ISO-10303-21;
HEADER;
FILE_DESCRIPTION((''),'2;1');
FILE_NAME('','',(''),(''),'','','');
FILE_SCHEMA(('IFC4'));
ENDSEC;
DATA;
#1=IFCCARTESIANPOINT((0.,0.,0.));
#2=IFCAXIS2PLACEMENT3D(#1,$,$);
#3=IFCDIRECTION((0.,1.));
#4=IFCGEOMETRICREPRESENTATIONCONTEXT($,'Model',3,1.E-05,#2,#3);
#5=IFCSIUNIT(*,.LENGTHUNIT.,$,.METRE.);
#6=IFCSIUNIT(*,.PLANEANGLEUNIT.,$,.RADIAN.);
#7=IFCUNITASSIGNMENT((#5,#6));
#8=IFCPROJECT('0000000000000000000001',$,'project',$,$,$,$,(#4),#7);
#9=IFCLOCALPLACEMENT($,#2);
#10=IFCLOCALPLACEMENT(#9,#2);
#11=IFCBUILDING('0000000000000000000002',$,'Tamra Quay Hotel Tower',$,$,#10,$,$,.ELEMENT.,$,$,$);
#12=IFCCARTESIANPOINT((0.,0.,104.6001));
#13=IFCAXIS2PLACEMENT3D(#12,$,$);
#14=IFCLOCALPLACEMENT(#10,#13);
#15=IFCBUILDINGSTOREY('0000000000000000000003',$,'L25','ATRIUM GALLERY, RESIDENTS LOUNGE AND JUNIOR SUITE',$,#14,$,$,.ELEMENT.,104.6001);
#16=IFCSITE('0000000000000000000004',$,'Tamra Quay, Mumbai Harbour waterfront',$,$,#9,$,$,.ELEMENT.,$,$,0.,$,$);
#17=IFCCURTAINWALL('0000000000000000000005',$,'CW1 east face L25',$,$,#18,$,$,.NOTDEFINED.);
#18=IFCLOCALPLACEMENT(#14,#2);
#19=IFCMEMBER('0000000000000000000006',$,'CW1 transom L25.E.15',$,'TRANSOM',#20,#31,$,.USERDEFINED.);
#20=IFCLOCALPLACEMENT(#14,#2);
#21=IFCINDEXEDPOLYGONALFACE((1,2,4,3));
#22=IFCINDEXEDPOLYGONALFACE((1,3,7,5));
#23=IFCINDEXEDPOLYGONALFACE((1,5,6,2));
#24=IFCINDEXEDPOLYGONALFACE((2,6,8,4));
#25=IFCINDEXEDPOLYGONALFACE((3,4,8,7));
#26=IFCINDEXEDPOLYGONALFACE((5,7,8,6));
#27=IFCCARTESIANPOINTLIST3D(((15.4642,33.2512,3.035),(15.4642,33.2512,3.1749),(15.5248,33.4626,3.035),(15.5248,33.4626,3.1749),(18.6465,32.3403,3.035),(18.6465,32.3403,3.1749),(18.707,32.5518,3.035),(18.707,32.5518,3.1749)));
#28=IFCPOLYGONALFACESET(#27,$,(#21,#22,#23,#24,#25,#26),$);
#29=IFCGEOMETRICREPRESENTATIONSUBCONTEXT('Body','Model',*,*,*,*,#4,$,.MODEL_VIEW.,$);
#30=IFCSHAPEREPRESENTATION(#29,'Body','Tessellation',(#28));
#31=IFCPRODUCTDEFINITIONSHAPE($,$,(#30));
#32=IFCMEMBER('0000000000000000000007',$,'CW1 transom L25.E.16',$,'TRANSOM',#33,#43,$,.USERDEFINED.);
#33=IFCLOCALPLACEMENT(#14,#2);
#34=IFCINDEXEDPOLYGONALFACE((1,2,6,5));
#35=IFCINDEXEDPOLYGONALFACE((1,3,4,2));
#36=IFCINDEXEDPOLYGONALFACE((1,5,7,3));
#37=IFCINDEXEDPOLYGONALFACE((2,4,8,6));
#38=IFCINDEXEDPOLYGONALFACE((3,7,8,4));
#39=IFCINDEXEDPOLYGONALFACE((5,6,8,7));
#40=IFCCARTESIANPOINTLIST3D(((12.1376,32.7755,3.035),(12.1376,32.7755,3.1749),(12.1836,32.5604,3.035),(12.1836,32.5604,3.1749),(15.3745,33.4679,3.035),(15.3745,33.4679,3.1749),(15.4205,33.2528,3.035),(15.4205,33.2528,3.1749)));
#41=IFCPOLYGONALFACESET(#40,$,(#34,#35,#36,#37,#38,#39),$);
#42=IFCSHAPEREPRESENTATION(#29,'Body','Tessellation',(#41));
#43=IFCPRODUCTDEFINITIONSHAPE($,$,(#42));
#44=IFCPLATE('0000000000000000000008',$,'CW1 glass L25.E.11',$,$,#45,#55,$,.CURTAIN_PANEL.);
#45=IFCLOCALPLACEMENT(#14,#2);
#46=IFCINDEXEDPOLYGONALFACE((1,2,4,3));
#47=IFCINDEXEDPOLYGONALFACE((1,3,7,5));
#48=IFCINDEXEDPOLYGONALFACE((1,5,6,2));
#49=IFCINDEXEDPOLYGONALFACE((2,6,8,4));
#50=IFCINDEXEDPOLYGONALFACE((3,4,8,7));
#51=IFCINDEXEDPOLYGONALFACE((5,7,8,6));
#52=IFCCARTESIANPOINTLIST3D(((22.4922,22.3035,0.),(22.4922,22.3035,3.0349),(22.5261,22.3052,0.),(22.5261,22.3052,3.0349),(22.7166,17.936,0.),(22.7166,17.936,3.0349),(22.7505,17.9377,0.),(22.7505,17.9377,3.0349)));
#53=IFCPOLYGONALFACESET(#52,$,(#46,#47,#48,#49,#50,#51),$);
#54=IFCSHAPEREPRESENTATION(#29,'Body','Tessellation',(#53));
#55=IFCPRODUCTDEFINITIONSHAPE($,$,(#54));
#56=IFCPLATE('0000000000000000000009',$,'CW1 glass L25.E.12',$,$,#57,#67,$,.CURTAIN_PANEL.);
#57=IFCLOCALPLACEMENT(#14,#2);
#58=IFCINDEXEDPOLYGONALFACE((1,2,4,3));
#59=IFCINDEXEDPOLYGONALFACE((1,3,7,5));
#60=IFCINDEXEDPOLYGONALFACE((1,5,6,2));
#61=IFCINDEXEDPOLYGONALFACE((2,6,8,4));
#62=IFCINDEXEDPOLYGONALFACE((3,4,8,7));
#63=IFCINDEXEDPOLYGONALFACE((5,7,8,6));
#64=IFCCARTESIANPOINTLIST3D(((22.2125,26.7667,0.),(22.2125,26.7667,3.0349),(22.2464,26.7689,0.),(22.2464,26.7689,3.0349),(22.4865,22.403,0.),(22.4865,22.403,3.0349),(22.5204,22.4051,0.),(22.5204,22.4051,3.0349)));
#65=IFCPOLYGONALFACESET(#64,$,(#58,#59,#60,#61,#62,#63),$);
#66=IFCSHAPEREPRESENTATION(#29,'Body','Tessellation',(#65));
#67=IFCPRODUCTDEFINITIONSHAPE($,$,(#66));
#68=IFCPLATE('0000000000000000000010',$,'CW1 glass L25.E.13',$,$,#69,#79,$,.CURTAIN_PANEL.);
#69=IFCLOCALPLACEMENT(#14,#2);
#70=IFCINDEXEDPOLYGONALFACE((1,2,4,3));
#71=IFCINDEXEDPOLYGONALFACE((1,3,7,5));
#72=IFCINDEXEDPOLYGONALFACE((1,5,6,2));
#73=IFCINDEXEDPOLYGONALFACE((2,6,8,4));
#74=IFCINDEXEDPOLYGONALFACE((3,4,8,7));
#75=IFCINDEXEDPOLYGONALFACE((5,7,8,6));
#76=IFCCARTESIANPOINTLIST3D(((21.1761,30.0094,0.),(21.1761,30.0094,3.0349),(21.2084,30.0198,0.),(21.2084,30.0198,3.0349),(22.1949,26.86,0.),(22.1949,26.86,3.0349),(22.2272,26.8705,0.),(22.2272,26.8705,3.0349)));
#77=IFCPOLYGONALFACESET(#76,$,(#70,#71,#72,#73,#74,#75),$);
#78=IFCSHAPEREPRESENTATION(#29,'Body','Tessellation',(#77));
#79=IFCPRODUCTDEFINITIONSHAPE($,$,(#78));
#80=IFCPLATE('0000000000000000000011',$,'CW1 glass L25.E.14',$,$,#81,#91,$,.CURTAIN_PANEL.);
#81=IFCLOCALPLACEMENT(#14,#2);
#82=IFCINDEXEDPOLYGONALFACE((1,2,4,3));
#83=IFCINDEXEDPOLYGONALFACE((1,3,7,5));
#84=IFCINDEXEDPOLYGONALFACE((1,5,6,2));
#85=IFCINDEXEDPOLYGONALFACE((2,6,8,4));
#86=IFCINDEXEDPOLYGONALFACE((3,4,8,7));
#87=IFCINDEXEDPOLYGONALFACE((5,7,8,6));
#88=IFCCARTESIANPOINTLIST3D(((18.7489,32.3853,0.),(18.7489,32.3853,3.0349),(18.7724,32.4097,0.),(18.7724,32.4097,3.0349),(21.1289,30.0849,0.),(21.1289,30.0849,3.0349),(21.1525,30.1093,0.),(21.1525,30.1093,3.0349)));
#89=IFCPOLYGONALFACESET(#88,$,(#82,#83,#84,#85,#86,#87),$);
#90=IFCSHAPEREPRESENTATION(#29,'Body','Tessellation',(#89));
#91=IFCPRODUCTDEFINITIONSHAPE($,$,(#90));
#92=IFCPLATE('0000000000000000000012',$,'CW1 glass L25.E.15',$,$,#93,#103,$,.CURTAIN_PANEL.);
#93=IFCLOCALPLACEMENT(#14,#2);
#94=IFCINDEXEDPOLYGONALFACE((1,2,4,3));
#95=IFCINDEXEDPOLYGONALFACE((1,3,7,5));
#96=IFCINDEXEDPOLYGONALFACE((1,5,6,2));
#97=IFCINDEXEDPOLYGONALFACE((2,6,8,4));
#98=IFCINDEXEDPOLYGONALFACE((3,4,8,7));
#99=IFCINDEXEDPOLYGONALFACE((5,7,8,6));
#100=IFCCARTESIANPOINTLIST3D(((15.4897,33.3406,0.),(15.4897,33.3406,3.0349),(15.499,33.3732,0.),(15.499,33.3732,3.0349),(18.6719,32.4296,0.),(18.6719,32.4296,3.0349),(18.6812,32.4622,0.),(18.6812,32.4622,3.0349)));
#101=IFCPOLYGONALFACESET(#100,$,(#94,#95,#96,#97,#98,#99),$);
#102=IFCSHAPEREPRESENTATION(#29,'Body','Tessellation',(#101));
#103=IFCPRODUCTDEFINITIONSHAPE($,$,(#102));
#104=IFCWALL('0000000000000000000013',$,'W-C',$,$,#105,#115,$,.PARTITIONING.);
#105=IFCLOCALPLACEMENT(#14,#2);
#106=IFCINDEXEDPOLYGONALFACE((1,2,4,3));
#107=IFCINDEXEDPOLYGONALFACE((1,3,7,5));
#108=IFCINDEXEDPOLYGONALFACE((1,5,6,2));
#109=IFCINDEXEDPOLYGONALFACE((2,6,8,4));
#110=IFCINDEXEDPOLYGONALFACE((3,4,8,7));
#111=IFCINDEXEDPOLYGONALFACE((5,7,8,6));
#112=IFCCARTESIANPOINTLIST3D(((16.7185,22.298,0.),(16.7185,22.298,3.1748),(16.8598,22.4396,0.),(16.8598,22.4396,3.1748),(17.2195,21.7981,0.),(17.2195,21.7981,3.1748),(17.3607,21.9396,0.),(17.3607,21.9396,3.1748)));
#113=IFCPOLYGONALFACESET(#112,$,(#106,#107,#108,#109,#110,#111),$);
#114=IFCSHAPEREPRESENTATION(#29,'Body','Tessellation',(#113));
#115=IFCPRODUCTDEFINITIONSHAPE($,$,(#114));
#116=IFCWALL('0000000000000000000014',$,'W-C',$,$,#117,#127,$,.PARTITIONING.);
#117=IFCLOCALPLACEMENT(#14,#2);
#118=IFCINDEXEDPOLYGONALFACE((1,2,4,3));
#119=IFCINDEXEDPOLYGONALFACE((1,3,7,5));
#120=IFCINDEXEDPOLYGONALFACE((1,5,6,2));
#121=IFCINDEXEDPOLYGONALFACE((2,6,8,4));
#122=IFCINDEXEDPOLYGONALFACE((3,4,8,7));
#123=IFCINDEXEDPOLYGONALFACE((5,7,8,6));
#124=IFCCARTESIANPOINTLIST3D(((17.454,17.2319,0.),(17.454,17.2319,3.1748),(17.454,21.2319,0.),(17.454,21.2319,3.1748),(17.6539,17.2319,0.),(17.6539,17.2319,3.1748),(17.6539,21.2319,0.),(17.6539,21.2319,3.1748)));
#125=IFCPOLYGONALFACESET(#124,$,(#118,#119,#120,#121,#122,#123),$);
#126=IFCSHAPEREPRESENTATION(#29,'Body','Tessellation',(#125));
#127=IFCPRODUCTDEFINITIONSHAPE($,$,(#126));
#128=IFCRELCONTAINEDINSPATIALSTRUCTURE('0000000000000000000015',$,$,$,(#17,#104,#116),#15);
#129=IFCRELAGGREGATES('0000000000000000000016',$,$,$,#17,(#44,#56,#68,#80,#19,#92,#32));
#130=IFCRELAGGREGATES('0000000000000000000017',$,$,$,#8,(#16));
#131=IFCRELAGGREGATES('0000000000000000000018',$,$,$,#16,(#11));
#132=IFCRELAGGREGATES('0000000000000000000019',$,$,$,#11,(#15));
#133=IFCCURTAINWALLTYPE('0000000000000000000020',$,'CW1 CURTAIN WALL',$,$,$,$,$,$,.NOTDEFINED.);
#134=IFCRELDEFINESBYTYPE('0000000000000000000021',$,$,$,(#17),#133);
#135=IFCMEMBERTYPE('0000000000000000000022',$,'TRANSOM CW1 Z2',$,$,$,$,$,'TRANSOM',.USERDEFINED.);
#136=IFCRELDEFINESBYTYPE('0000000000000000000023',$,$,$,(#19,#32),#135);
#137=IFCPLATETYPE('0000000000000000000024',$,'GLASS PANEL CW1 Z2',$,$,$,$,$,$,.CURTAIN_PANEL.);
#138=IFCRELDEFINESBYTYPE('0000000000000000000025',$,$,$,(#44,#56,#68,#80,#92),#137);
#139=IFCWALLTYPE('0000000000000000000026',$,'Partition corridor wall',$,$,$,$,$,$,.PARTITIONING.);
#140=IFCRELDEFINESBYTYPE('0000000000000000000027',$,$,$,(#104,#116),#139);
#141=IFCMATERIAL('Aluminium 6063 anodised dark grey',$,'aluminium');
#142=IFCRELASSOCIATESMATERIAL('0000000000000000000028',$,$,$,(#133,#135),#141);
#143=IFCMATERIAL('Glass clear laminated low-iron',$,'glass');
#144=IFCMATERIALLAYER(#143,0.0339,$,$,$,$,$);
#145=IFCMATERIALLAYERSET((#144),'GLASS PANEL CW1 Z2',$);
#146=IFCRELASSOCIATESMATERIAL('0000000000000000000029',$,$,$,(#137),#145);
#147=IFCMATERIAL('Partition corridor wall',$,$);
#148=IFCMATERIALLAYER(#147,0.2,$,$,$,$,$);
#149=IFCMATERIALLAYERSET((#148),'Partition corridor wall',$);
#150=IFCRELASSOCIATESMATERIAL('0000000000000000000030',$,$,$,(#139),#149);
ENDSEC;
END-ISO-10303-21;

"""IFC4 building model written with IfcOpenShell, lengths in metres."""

from ifc_helpers import new_model, si_unit, direction, frame, frame_2d, origin, origin_2d, place, context, subcontext, project, spatial, rectangle, extrude, material, layer, layer_set, material_profile, profile_set, type_object, element, aggregate, save


model = new_model("IFC4")

# Units and contexts
model_context = context("Model", 3, precision=1e-05, world=origin(), true_north=direction((0.0, 1.0)))
body_context = subcontext(model_context, "Body", "Model", "MODEL_VIEW")
ifc_project = project(units=[si_unit("LENGTHUNIT", "METRE"), si_unit("PLANEANGLEUNIT", "RADIAN")], contexts=[model_context])

# Site, building, storey
site_placement = place(None, origin())
site = spatial("IfcSite", under=ifc_project, at=site_placement, Name="Tamra Quay, Mumbai Harbour waterfront", CompositionType="ELEMENT", RefElevation=0.0)
building_placement = place(site_placement, origin())
building = spatial("IfcBuilding", under=site, at=building_placement, Name="Tamra Quay Hotel Tower", CompositionType="ELEMENT")
storey_placement = place(building_placement, frame((0.0, 0.0, 104.6001)))
storey = spatial("IfcBuildingStorey", under=building, at=storey_placement, Name="L25", Description="ATRIUM GALLERY, RESIDENTS LOUNGE AND JUNIOR SUITE", CompositionType="ELEMENT", Elevation=104.6001)

# Curtain wall
ifc_material_1 = material(Name="Aluminium 6063 anodised dark grey", Category="aluminium")
curtain_wall_type = type_object("IfcCurtainWallType", Name="CW1 CURTAIN WALL", PredefinedType="NOTDEFINED", material=ifc_material_1)
curtain_wall_placement = place(storey_placement, origin())
curtain_wall = element("IfcCurtainWall", 1, at=curtain_wall_placement, inside=storey, type_object=curtain_wall_type, Name="CW1 east face L25", PredefinedType="NOTDEFINED")

# Members
ifc_material_profile_1 = material_profile(ifc_material_1, rectangle(XDim=0.22, YDim=0.1399, at=origin_2d()), Name="TRANSOM 220X140")
ifc_profile_set_1 = profile_set([ifc_material_profile_1], Name="Aluminium 6063 anodised dark grey")
member_type_1 = type_object("IfcMemberType", Name="TRANSOM CW1 Z2", ElementType="TRANSOM", PredefinedType="USERDEFINED", material=ifc_profile_set_1)
member_1_placement = place(storey_placement, frame((18.6768, 32.446, 3.105), z_axis=(-0.961393, 0.275179, 0.0), x_axis=(-0.275179, -0.961393, 0.0)))
member_1 = element("IfcMember", 2, at=member_1_placement, type_object=member_type_1, Name="CW1 transom L25.E.15", ObjectType="TRANSOM", PredefinedType="USERDEFINED", context=body_context, shape_type="SweptSolid", body=[
    extrude(rectangle(XDim=0.22, YDim=0.1399, at=origin_2d()), origin(), (0.0, 0.0, 1.0), 3.3101),
])
member_2_placement = place(storey_placement, frame((15.3975, 33.3604, 3.105), z_axis=(-0.977878, -0.209176, 0.0), x_axis=(0.209176, -0.977878, 0.0)))
member_2 = element("IfcMember", 3, at=member_2_placement, type_object=member_type_1, Name="CW1 transom L25.E.16", ObjectType="TRANSOM", PredefinedType="USERDEFINED", context=body_context, shape_type="SweptSolid", body=[
    extrude(rectangle(XDim=0.22, YDim=0.1399, at=origin_2d()), origin(), (0.0, 0.0, 1.0), 3.3101),
])

# Plates
ifc_material_2 = material(Name="Glass clear laminated low-iron", Category="glass")
ifc_layer_1 = layer(ifc_material_2, 0.0339)
ifc_layer_set_1 = layer_set([ifc_layer_1], Name="GLASS PANEL CW1 Z2")
plate_type = type_object("IfcPlateType", Name="GLASS PANEL CW1 Z2", PredefinedType="CURTAIN_PANEL", material=ifc_layer_set_1)
plate_1_placement = place(storey_placement, frame((22.6213, 20.1206, 0.0), z_axis=(0.0, 0.0, 1.0), x_axis=(-0.051321, 0.998682, 0.0)))
plate_1 = element("IfcPlate", 4, at=plate_1_placement, type_object=plate_type, Name="CW1 glass L25.E.11", PredefinedType="CURTAIN_PANEL", context=body_context, shape_type="SweptSolid", body=[
    extrude(rectangle(XDim=4.3733, YDim=0.0339, at=origin_2d()), origin(), (0.0, 0.0, 1.0), 3.0349),
])
plate_2_placement = place(storey_placement, frame((22.3665, 24.5859, 0.0), z_axis=(0.0, 0.0, 1.0), x_axis=(-0.06267, 0.998034, 0.0)))
plate_2 = element("IfcPlate", 5, at=plate_2_placement, type_object=plate_type, Name="CW1 glass L25.E.12", PredefinedType="CURTAIN_PANEL", context=body_context, shape_type="SweptSolid", body=[
    extrude(rectangle(XDim=4.3723, YDim=0.0339, at=origin_2d()), origin(), (0.0, 0.0, 1.0), 3.0349),
])
plate_3_placement = place(storey_placement, frame((21.7017, 28.4399, 0.0), z_axis=(0.0, 0.0, 1.0), x_axis=(-0.307791, 0.951454, 0.0)))
plate_3 = element("IfcPlate", 6, at=plate_3_placement, type_object=plate_type, Name="CW1 glass L25.E.13", PredefinedType="CURTAIN_PANEL", context=body_context, shape_type="SweptSolid", body=[
    extrude(rectangle(XDim=3.3101, YDim=0.0339, at=origin_2d()), origin(), (0.0, 0.0, 1.0), 3.0349),
])
plate_4_placement = place(storey_placement, frame((19.9507, 31.2473, 0.0), z_axis=(0.0, 0.0, 1.0), x_axis=(-0.719041, 0.694967, 0.0)))
plate_4 = element("IfcPlate", 7, at=plate_4_placement, type_object=plate_type, Name="CW1 glass L25.E.14", PredefinedType="CURTAIN_PANEL", context=body_context, shape_type="SweptSolid", body=[
    extrude(rectangle(XDim=3.3101, YDim=0.0339, at=origin_2d()), origin(), (0.0, 0.0, 1.0), 3.0349),
])
plate_5_placement = place(storey_placement, frame((17.0854, 32.9014, 0.0), z_axis=(0.0, 0.0, 1.0), x_axis=(-0.96138, 0.275224, 0.0)))
plate_5 = element("IfcPlate", 8, at=plate_5_placement, type_object=plate_type, Name="CW1 glass L25.E.15", PredefinedType="CURTAIN_PANEL", context=body_context, shape_type="SweptSolid", body=[
    extrude(rectangle(XDim=3.3101, YDim=0.0339, at=origin_2d()), origin(), (0.0, 0.0, 1.0), 3.0349),
])
aggregate(curtain_wall, [plate_1, plate_2, plate_3, plate_4, member_1, plate_5, member_2])

# Walls
ifc_material_3 = material(Name="Partition corridor wall")
ifc_layer_2 = layer(ifc_material_3, 0.2)
ifc_layer_set_2 = layer_set([ifc_layer_2], Name="Partition corridor wall")
wall_type = type_object("IfcWallType", Name="Partition corridor wall", PredefinedType="PARTITIONING", material=ifc_layer_set_2)
wall_1_placement = place(storey_placement, frame((16.7891, 22.3689, 0.0), z_axis=(0.0, 0.0, 1.0), x_axis=(0.707796, -0.706417, 0.0)))
element("IfcWall", 9, at=wall_1_placement, inside=storey, type_object=wall_type, Name="W-C", PredefinedType="PARTITIONING", context=body_context, shape_type="SweptSolid", body=[
    extrude(rectangle(XDim=0.7078, YDim=0.2, at=frame_2d((0.354, 0.0))), origin(), (0.0, 0.0, 1.0), 3.1748),
])
wall_2_placement = place(storey_placement, frame((17.554, 17.2319, 0.0), z_axis=(0.0, 0.0, 1.0), x_axis=(0.0, 1.0, 0.0)))
element("IfcWall", 10, at=wall_2_placement, inside=storey, type_object=wall_type, Name="W-C", PredefinedType="PARTITIONING", context=body_context, shape_type="SweptSolid", body=[
    extrude(rectangle(XDim=4.0, YDim=0.2, at=frame_2d((2.0, 0.0))), origin(), (0.0, 0.0, 1.0), 3.1748),
])

save(model, "model.ifc")
